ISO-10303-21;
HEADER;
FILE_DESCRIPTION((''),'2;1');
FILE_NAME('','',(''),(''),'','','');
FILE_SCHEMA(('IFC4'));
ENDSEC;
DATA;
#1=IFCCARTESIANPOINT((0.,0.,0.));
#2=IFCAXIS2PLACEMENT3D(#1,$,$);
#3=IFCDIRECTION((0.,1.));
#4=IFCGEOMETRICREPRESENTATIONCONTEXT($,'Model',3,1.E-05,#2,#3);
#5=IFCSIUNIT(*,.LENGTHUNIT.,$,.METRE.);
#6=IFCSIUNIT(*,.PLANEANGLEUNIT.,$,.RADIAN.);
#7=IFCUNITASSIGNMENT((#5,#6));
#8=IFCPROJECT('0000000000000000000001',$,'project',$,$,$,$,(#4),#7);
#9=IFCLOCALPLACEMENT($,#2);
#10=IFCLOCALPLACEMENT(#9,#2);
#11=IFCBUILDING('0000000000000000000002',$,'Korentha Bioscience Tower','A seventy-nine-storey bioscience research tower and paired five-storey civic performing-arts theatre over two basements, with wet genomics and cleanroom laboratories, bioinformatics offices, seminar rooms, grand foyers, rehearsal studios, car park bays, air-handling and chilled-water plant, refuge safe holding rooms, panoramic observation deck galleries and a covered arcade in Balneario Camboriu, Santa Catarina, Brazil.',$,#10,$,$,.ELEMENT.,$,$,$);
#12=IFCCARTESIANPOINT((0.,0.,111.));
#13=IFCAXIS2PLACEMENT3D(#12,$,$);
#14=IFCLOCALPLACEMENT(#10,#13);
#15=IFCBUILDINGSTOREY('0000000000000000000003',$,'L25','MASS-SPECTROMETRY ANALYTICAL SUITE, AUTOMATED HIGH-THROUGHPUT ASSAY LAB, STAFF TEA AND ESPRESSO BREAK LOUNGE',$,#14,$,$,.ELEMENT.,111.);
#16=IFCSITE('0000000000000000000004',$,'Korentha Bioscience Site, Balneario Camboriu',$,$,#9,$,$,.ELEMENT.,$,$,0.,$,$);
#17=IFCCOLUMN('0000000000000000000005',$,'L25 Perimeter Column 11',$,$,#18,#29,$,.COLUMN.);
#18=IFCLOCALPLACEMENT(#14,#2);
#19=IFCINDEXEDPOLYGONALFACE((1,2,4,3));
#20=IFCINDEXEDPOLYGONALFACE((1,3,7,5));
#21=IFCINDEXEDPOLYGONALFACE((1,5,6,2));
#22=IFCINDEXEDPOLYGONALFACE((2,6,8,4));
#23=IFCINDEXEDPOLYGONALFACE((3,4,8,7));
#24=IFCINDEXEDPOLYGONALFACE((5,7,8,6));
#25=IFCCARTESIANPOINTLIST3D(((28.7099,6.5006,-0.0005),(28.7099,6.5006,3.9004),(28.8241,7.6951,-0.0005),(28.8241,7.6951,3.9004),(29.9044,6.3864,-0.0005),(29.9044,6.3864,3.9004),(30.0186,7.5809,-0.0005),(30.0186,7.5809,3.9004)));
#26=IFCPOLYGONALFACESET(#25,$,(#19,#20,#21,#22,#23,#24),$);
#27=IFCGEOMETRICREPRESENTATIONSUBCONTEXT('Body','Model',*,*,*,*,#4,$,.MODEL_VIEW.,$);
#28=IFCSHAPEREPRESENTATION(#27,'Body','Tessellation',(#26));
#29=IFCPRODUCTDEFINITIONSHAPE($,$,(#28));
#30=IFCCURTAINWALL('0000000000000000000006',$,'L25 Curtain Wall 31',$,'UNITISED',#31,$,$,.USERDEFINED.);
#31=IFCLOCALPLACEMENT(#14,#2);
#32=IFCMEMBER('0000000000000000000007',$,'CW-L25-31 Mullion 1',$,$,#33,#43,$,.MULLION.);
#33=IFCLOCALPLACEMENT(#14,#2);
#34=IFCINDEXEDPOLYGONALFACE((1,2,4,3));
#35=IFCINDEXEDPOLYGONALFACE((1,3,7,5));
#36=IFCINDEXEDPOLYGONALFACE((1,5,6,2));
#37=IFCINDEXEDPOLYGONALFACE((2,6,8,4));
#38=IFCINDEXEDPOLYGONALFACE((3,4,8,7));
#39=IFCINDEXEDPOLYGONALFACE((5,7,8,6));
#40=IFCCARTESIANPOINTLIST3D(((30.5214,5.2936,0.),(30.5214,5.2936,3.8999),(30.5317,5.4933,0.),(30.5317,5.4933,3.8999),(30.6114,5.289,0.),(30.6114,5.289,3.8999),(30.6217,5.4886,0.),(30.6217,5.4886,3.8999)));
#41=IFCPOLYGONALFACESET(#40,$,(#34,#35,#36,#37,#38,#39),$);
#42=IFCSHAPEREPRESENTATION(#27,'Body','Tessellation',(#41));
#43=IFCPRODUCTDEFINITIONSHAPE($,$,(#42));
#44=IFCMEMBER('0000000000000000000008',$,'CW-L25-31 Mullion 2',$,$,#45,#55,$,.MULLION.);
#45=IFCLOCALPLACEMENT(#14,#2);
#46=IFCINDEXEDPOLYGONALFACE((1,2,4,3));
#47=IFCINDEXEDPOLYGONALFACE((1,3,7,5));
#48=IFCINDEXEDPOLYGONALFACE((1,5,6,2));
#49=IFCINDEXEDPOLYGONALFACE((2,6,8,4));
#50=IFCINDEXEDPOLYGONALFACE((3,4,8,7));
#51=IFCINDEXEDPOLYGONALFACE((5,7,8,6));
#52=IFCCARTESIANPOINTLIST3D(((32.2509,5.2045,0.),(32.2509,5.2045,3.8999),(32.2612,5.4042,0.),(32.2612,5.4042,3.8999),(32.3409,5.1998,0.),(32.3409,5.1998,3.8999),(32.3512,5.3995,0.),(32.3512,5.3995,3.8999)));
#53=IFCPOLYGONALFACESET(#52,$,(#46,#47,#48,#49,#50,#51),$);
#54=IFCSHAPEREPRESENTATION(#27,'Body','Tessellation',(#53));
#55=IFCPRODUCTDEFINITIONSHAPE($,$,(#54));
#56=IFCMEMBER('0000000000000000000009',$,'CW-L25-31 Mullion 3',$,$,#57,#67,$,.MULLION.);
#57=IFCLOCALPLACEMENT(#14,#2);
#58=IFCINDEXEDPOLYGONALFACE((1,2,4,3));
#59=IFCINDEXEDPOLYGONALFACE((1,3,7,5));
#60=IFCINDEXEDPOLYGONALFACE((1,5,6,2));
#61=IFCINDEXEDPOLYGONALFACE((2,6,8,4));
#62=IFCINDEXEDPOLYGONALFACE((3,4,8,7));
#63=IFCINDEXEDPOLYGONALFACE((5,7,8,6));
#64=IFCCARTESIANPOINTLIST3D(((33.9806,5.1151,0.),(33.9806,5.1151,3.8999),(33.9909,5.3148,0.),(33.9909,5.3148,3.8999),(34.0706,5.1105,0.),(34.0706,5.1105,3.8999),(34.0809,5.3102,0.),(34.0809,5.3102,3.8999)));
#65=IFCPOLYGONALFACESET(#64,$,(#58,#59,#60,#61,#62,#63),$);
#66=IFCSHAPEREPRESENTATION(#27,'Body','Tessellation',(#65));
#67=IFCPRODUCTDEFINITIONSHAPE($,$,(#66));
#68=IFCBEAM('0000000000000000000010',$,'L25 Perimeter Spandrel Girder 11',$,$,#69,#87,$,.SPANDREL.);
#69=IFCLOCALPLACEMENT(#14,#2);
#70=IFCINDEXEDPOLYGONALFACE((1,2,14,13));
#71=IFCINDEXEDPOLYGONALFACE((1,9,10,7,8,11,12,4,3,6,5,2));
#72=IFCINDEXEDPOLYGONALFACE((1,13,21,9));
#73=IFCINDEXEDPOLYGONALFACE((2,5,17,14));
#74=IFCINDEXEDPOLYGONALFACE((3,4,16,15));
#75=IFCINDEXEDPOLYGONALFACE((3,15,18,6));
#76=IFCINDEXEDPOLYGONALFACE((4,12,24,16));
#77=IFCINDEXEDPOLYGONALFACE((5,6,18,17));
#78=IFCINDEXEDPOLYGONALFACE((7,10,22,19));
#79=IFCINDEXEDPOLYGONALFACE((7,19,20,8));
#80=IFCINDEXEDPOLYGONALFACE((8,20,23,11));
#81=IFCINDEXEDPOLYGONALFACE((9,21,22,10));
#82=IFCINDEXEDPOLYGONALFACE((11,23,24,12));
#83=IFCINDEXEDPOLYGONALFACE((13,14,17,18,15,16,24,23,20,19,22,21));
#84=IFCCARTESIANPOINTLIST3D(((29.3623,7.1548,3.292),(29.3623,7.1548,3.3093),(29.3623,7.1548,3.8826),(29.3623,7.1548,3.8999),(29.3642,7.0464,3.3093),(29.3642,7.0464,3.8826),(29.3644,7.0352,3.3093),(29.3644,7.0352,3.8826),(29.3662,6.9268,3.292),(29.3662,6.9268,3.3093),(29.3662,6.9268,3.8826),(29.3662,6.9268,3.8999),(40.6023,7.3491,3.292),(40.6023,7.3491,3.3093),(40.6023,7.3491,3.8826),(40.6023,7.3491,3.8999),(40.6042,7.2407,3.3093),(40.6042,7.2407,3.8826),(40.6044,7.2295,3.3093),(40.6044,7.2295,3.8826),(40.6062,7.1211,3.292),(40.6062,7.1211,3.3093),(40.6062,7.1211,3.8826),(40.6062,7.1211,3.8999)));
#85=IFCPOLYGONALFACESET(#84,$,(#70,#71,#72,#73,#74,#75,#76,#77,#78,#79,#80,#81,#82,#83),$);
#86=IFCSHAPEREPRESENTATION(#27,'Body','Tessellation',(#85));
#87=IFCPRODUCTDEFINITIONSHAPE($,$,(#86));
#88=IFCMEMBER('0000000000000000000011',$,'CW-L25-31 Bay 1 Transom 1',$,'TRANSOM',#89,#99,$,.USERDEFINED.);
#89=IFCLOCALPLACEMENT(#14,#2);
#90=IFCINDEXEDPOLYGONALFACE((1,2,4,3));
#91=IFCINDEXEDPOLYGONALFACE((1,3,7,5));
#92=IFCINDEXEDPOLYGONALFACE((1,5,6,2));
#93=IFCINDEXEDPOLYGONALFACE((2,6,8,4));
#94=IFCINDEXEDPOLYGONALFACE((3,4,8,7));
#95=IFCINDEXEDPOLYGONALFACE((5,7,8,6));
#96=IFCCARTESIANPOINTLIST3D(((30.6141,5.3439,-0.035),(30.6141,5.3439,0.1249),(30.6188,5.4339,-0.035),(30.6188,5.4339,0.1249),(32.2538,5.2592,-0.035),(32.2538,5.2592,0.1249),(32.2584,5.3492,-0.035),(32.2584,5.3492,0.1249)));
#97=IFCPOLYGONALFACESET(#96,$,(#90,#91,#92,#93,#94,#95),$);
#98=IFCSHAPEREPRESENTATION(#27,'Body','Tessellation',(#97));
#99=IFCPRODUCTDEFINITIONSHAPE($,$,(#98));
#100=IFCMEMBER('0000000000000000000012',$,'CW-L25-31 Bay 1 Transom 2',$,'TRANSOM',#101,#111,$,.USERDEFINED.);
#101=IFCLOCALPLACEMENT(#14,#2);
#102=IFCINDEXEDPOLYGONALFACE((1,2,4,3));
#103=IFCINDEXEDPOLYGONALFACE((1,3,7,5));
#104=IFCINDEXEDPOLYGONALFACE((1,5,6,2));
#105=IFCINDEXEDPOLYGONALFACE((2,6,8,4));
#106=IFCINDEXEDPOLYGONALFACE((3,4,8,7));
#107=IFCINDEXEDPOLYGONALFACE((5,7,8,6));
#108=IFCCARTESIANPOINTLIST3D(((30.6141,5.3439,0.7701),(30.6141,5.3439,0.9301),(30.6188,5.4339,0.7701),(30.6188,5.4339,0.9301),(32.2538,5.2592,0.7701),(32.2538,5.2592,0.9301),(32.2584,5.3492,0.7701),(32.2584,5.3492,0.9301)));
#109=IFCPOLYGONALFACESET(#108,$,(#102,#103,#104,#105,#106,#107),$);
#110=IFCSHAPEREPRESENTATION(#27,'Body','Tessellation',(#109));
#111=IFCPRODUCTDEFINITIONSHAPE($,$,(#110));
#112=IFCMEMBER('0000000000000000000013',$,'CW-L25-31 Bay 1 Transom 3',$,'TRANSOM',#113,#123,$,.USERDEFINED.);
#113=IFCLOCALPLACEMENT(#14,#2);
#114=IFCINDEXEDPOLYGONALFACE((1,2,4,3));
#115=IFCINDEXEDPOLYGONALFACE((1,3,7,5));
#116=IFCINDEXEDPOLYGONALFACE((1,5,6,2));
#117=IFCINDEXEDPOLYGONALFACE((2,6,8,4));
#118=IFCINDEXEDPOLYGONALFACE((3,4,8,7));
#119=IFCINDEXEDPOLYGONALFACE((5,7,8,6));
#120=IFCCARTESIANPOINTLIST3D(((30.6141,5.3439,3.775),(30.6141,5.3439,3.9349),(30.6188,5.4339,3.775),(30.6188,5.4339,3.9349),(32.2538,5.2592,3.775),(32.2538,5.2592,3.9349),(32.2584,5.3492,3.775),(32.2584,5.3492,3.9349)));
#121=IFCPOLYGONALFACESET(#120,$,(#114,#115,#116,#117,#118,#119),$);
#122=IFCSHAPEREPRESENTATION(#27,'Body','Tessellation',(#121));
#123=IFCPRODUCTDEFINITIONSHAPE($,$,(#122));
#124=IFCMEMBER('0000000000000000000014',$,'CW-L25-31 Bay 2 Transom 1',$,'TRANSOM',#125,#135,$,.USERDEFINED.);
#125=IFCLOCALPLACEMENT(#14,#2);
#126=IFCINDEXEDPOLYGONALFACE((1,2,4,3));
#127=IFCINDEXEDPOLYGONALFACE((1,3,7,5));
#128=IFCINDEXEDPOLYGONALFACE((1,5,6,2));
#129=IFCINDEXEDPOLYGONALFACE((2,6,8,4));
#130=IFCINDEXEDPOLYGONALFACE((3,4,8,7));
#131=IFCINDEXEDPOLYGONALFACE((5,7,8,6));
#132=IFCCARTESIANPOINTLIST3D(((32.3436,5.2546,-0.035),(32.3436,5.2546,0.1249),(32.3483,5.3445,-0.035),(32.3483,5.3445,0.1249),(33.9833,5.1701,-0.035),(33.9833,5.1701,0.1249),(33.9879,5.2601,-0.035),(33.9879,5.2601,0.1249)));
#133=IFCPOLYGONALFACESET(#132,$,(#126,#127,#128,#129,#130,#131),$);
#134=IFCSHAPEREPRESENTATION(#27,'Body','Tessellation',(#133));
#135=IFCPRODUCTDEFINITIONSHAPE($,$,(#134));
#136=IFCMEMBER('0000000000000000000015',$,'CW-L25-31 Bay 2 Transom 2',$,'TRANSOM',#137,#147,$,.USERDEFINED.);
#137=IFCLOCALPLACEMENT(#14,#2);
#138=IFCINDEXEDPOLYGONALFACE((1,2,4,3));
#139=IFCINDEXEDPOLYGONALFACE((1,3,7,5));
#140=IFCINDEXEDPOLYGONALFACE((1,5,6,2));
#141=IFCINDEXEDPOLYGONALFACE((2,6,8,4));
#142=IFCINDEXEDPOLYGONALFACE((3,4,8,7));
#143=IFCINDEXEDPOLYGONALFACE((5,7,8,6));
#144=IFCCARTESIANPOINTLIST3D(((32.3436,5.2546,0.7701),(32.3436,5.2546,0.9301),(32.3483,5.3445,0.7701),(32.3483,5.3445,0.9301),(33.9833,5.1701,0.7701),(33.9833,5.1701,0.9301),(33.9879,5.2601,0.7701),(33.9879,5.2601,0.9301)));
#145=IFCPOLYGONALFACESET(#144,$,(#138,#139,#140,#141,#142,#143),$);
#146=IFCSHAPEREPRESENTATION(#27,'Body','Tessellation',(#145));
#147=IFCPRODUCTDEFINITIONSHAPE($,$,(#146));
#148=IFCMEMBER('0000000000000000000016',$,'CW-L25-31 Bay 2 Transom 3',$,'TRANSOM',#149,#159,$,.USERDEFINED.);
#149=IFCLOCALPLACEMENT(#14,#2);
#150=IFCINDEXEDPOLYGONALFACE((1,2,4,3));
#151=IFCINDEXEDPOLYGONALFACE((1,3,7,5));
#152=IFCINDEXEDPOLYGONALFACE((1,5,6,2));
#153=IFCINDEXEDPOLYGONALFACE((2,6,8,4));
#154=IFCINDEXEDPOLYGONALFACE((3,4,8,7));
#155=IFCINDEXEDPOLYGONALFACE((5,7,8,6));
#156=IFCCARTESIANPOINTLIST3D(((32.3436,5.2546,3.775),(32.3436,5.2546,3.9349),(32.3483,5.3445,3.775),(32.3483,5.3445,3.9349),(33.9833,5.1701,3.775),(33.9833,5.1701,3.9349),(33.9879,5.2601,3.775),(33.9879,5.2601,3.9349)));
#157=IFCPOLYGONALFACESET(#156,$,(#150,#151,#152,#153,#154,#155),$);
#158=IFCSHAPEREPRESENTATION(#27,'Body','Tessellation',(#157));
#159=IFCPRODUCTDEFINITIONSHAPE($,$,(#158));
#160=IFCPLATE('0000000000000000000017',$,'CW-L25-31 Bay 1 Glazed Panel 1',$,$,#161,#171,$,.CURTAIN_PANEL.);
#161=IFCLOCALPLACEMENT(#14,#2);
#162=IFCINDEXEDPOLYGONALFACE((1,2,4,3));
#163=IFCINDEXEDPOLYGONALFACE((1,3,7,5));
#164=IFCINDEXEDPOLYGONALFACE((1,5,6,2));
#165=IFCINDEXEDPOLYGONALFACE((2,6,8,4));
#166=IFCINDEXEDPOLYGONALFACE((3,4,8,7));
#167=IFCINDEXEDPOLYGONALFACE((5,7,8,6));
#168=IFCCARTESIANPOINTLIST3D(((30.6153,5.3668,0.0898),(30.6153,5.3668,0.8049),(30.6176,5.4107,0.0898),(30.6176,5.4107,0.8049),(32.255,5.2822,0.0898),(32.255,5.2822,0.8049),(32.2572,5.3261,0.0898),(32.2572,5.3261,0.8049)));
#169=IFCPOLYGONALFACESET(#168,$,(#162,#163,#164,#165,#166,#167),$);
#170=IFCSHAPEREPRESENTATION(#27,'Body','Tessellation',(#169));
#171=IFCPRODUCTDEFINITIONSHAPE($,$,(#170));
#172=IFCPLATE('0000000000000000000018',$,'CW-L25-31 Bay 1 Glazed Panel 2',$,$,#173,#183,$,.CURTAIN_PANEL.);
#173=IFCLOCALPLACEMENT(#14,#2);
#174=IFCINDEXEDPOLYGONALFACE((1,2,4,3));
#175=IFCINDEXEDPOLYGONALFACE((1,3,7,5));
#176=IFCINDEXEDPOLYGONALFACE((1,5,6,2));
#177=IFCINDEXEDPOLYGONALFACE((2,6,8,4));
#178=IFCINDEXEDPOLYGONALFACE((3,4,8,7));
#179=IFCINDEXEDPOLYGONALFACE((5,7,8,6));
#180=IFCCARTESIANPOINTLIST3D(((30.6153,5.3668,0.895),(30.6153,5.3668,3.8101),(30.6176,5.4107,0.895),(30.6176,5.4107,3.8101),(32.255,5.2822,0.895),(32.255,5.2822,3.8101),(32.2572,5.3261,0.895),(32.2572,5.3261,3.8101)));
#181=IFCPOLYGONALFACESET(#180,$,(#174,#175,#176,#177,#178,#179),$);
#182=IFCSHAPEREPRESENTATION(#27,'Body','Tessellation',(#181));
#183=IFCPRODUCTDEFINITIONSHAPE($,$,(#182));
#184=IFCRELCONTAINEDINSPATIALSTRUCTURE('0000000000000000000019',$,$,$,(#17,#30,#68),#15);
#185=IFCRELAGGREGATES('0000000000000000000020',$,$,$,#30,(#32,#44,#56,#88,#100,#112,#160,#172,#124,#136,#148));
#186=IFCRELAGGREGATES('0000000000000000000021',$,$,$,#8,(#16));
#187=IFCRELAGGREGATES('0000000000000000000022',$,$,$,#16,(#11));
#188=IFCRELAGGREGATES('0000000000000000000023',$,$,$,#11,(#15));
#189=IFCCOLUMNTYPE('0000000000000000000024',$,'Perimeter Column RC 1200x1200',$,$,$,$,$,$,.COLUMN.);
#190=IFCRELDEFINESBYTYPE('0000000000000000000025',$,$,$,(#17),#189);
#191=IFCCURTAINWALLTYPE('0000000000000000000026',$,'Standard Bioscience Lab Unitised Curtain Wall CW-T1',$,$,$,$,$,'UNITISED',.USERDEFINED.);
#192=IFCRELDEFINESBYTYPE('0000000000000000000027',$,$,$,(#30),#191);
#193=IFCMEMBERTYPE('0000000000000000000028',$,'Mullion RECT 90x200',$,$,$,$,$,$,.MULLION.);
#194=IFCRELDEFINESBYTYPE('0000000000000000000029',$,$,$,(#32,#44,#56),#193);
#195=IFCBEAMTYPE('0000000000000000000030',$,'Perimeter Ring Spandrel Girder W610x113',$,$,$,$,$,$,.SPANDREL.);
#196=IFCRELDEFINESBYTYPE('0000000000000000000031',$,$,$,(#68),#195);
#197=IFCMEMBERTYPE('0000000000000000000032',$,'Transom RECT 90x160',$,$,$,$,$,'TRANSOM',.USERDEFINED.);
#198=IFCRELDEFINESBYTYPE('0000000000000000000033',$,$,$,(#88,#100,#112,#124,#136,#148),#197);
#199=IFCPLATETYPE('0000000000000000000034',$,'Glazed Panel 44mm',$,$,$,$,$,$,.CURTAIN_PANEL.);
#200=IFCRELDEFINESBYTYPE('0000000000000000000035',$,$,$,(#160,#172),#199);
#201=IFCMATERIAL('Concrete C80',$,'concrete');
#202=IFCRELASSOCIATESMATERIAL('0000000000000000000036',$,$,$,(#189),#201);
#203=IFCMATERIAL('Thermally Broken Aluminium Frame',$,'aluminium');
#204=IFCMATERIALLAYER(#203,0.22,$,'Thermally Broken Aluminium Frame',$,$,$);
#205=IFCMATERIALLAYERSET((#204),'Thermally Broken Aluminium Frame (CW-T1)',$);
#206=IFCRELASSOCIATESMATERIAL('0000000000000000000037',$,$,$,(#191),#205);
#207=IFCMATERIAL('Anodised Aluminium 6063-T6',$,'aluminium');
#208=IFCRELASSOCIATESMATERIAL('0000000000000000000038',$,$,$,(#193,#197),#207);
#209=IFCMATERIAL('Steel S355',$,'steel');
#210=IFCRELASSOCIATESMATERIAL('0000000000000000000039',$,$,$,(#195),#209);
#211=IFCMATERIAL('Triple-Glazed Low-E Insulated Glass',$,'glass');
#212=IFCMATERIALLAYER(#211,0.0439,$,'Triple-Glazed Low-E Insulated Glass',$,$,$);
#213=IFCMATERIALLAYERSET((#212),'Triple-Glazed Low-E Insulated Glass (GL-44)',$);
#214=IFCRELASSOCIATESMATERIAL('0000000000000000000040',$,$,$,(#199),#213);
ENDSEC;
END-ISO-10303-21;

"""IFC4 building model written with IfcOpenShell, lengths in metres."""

from ifc_helpers import new_model, si_unit, direction, frame, origin, origin_2d, place, context, subcontext, project, spatial, rectangle, i_section, extrude, material, layer, layer_set, material_profile, profile_set, type_object, element, aggregate, save


model = new_model("IFC4")

# Units and contexts
model_context = context("Model", 3, precision=1e-05, world=origin(), true_north=direction((0.0, 1.0)))
body_context = subcontext(model_context, "Body", "Model", "MODEL_VIEW")
ifc_project = project(units=[si_unit("LENGTHUNIT", "METRE"), si_unit("PLANEANGLEUNIT", "RADIAN")], contexts=[model_context])

# Site, building, storey
site_placement = place(None, origin())
site = spatial("IfcSite", under=ifc_project, at=site_placement, Name="Korentha Bioscience Site, Balneario Camboriu", CompositionType="ELEMENT", RefElevation=0.0)
building_placement = place(site_placement, origin())
building = spatial("IfcBuilding", under=site, at=building_placement, Name="Korentha Bioscience Tower", Description="A seventy-nine-storey bioscience research tower and paired five-storey civic performing-arts theatre over two basements, with wet genomics and cleanroom laboratories, bioinformatics offices, seminar rooms, grand foyers, rehearsal studios, car park bays, air-handling and chilled-water plant, refuge safe holding rooms, panoramic observation deck galleries and a covered arcade in Balneario Camboriu, Santa Catarina, Brazil.", CompositionType="ELEMENT")
storey_placement = place(building_placement, frame((0.0, 0.0, 111.0)))
storey = spatial("IfcBuildingStorey", under=building, at=storey_placement, Name="L25", Description="MASS-SPECTROMETRY ANALYTICAL SUITE, AUTOMATED HIGH-THROUGHPUT ASSAY LAB, STAFF TEA AND ESPRESSO BREAK LOUNGE", CompositionType="ELEMENT", Elevation=111.0)

# Column
ifc_material_1 = material(Name="Concrete C80", Category="concrete")
ifc_material_profile_1 = material_profile(ifc_material_1, rectangle(XDim=1.2, YDim=1.2, at=origin_2d()), Name="Concrete C80")
ifc_profile_set_1 = profile_set([ifc_material_profile_1], Name="Concrete C80 (COL-P12)")
column_type = type_object("IfcColumnType", Name="Perimeter Column RC 1200x1200", PredefinedType="COLUMN", material=ifc_profile_set_1)
column_placement = place(storey_placement, frame((29.3643, 7.0408, -0.0005), z_axis=(0.0, 0.0, 1.0), x_axis=(-0.995463, 0.095151, 0.0)))
element("IfcColumn", 1, at=column_placement, inside=storey, type_object=column_type, Name="L25 Perimeter Column 11", PredefinedType="COLUMN", context=body_context, shape_type="SweptSolid", body=[
    extrude(rectangle(XDim=1.2, YDim=1.2, at=origin_2d()), origin(), (0.0, 0.0, 1.0), 3.9009),
])

# Curtain wall, members
ifc_material_2 = material(Name="Thermally Broken Aluminium Frame", Category="aluminium")
ifc_layer_1 = layer(ifc_material_2, 0.22, Name="Thermally Broken Aluminium Frame")
ifc_layer_set_1 = layer_set([ifc_layer_1], Name="Thermally Broken Aluminium Frame (CW-T1)")
curtain_wall_type = type_object("IfcCurtainWallType", Name="Standard Bioscience Lab Unitised Curtain Wall CW-T1", ElementType="UNITISED", PredefinedType="USERDEFINED", material=ifc_layer_set_1)
curtain_wall_placement = place(storey_placement, origin())
curtain_wall = element("IfcCurtainWall", 2, at=curtain_wall_placement, inside=storey, type_object=curtain_wall_type, Name="L25 Curtain Wall 31", ObjectType="UNITISED", PredefinedType="USERDEFINED")
ifc_material_3 = material(Name="Anodised Aluminium 6063-T6", Category="aluminium")
ifc_material_profile_2 = material_profile(ifc_material_3, rectangle(XDim=0.0901, YDim=0.2, at=origin_2d()), Name="Anodised Aluminium 6063-T6")
ifc_profile_set_2 = profile_set([ifc_material_profile_2], Name="Anodised Aluminium 6063-T6 (CW-MUL)")
member_type_1 = type_object("IfcMemberType", Name="Mullion RECT 90x200", PredefinedType="MULLION", material=ifc_profile_set_2)
member_1_placement = place(storey_placement, frame((30.5715, 5.3911, 0.0), z_axis=(0.0, 0.0, 1.0), x_axis=(0.998673, -0.051495, 0.0)))
member_1 = element("IfcMember", 3, at=member_1_placement, type_object=member_type_1, Name="CW-L25-31 Mullion 1", PredefinedType="MULLION", context=body_context, shape_type="SweptSolid", body=[
    extrude(rectangle(XDim=0.0901, YDim=0.2, at=origin_2d()), origin(), (0.0, 0.0, 1.0), 3.8999),
])
member_2_placement = place(storey_placement, frame((32.301, 5.302, 0.0), z_axis=(0.0, 0.0, 1.0), x_axis=(0.998673, -0.051495, 0.0)))
member_2 = element("IfcMember", 4, at=member_2_placement, type_object=member_type_1, Name="CW-L25-31 Mullion 2", PredefinedType="MULLION", context=body_context, shape_type="SweptSolid", body=[
    extrude(rectangle(XDim=0.0901, YDim=0.2, at=origin_2d()), origin(), (0.0, 0.0, 1.0), 3.8999),
])
member_3_placement = place(storey_placement, frame((34.0308, 5.2126, 0.0), z_axis=(0.0, 0.0, 1.0), x_axis=(0.998673, -0.051495, 0.0)))
member_3 = element("IfcMember", 5, at=member_3_placement, type_object=member_type_1, Name="CW-L25-31 Mullion 3", PredefinedType="MULLION", context=body_context, shape_type="SweptSolid", body=[
    extrude(rectangle(XDim=0.0901, YDim=0.2, at=origin_2d()), origin(), (0.0, 0.0, 1.0), 3.8999),
])

# Beam
ifc_material_4 = material(Name="Steel S355", Category="steel")
ifc_material_profile_3 = material_profile(ifc_material_4, i_section(OverallWidth=0.228, OverallDepth=0.6079, WebThickness=0.0112, FlangeThickness=0.0173, at=origin_2d()), Name="Steel S355")
ifc_profile_set_3 = profile_set([ifc_material_profile_3], Name="Steel S355 (SB-610)")
beam_type = type_object("IfcBeamType", Name="Perimeter Ring Spandrel Girder W610x113", PredefinedType="SPANDREL", material=ifc_profile_set_3)
beam_placement = place(storey_placement, frame((29.3643, 7.0408, 3.5959), z_axis=(0.999851, 0.017287, 0.0), x_axis=(-0.017287, 0.999851, 0.0)))
element("IfcBeam", 6, at=beam_placement, inside=storey, type_object=beam_type, Name="L25 Perimeter Spandrel Girder 11", PredefinedType="SPANDREL", context=body_context, shape_type="SweptSolid", body=[
    extrude(i_section(OverallWidth=0.228, OverallDepth=0.6079, WebThickness=0.0112, FlangeThickness=0.0173, at=origin_2d()), origin(), (0.0, 0.0, 1.0), 11.2417),
])

# Members
ifc_material_profile_4 = material_profile(ifc_material_3, rectangle(XDim=0.0901, YDim=0.1599, at=origin_2d()), Name="Anodised Aluminium 6063-T6")
ifc_profile_set_4 = profile_set([ifc_material_profile_4], Name="Anodised Aluminium 6063-T6 (CW-TRN)")
member_type_2 = type_object("IfcMemberType", Name="Transom RECT 90x160", ElementType="TRANSOM", PredefinedType="USERDEFINED", material=ifc_profile_set_4)
member_4_placement = place(storey_placement, frame((30.6165, 5.3889, 0.0449), z_axis=(0.998668, -0.051599, 0.0), x_axis=(0.051599, 0.998668, 0.0)))
member_4 = element("IfcMember", 7, at=member_4_placement, type_object=member_type_2, Name="CW-L25-31 Bay 1 Transom 1", ObjectType="TRANSOM", PredefinedType="USERDEFINED", context=body_context, shape_type="SweptSolid", body=[
    extrude(rectangle(XDim=0.0901, YDim=0.1599, at=origin_2d()), origin(), (0.0, 0.0, 1.0), 1.6418),
])
member_5_placement = place(storey_placement, frame((30.6165, 5.3889, 0.8501), z_axis=(0.998668, -0.051599, 0.0), x_axis=(0.051599, 0.998668, 0.0)))
member_5 = element("IfcMember", 8, at=member_5_placement, type_object=member_type_2, Name="CW-L25-31 Bay 1 Transom 2", ObjectType="TRANSOM", PredefinedType="USERDEFINED", context=body_context, shape_type="SweptSolid", body=[
    extrude(rectangle(XDim=0.0901, YDim=0.1599, at=origin_2d()), origin(), (0.0, 0.0, 1.0), 1.6418),
])
member_6_placement = place(storey_placement, frame((30.6165, 5.3889, 3.855), z_axis=(0.998668, -0.051599, 0.0), x_axis=(0.051599, 0.998668, 0.0)))
member_6 = element("IfcMember", 9, at=member_6_placement, type_object=member_type_2, Name="CW-L25-31 Bay 1 Transom 3", ObjectType="TRANSOM", PredefinedType="USERDEFINED", context=body_context, shape_type="SweptSolid", body=[
    extrude(rectangle(XDim=0.0901, YDim=0.1599, at=origin_2d()), origin(), (0.0, 0.0, 1.0), 1.6418),
])
member_7_placement = place(storey_placement, frame((32.3459, 5.2996, 0.0449), z_axis=(0.998676, -0.051451, 0.0), x_axis=(0.051451, 0.998676, 0.0)))
member_7 = element("IfcMember", 10, at=member_7_placement, type_object=member_type_2, Name="CW-L25-31 Bay 2 Transom 1", ObjectType="TRANSOM", PredefinedType="USERDEFINED", context=body_context, shape_type="SweptSolid", body=[
    extrude(rectangle(XDim=0.0901, YDim=0.1599, at=origin_2d()), origin(), (0.0, 0.0, 1.0), 1.6418),
])
member_8_placement = place(storey_placement, frame((32.3459, 5.2996, 0.8501), z_axis=(0.998676, -0.051451, 0.0), x_axis=(0.051451, 0.998676, 0.0)))
member_8 = element("IfcMember", 11, at=member_8_placement, type_object=member_type_2, Name="CW-L25-31 Bay 2 Transom 2", ObjectType="TRANSOM", PredefinedType="USERDEFINED", context=body_context, shape_type="SweptSolid", body=[
    extrude(rectangle(XDim=0.0901, YDim=0.1599, at=origin_2d()), origin(), (0.0, 0.0, 1.0), 1.6418),
])
member_9_placement = place(storey_placement, frame((32.3459, 5.2996, 3.855), z_axis=(0.998676, -0.051451, 0.0), x_axis=(0.051451, 0.998676, 0.0)))
member_9 = element("IfcMember", 12, at=member_9_placement, type_object=member_type_2, Name="CW-L25-31 Bay 2 Transom 3", ObjectType="TRANSOM", PredefinedType="USERDEFINED", context=body_context, shape_type="SweptSolid", body=[
    extrude(rectangle(XDim=0.0901, YDim=0.1599, at=origin_2d()), origin(), (0.0, 0.0, 1.0), 1.6418),
])

# Plates
ifc_material_5 = material(Name="Triple-Glazed Low-E Insulated Glass", Category="glass")
ifc_layer_2 = layer(ifc_material_5, 0.0439, Name="Triple-Glazed Low-E Insulated Glass")
ifc_layer_set_2 = layer_set([ifc_layer_2], Name="Triple-Glazed Low-E Insulated Glass (GL-44)")
plate_type = type_object("IfcPlateType", Name="Glazed Panel 44mm", PredefinedType="CURTAIN_PANEL", material=ifc_layer_set_2)
plate_1_placement = place(storey_placement, frame((31.4363, 5.3464, 0.0898), z_axis=(0.0, 0.0, 1.0), x_axis=(0.998673, -0.051495, 0.0)))
plate_1 = element("IfcPlate", 13, at=plate_1_placement, type_object=plate_type, Name="CW-L25-31 Bay 1 Glazed Panel 1", PredefinedType="CURTAIN_PANEL", context=body_context, shape_type="SweptSolid", body=[
    extrude(rectangle(XDim=1.6418, YDim=0.0439, at=origin_2d()), origin(), (0.0, 0.0, 1.0), 0.7151),
])
plate_2_placement = place(storey_placement, frame((31.4363, 5.3464, 0.895), z_axis=(0.0, 0.0, 1.0), x_axis=(0.998673, -0.051495, 0.0)))
plate_2 = element("IfcPlate", 14, at=plate_2_placement, type_object=plate_type, Name="CW-L25-31 Bay 1 Glazed Panel 2", PredefinedType="CURTAIN_PANEL", context=body_context, shape_type="SweptSolid", body=[
    extrude(rectangle(XDim=1.6418, YDim=0.0439, at=origin_2d()), origin(), (0.0, 0.0, 1.0), 2.915),
])
aggregate(curtain_wall, [member_1, member_2, member_3, member_4, member_5, member_6, plate_1, plate_2, member_7, member_8, member_9])

save(model, "model.ifc")
